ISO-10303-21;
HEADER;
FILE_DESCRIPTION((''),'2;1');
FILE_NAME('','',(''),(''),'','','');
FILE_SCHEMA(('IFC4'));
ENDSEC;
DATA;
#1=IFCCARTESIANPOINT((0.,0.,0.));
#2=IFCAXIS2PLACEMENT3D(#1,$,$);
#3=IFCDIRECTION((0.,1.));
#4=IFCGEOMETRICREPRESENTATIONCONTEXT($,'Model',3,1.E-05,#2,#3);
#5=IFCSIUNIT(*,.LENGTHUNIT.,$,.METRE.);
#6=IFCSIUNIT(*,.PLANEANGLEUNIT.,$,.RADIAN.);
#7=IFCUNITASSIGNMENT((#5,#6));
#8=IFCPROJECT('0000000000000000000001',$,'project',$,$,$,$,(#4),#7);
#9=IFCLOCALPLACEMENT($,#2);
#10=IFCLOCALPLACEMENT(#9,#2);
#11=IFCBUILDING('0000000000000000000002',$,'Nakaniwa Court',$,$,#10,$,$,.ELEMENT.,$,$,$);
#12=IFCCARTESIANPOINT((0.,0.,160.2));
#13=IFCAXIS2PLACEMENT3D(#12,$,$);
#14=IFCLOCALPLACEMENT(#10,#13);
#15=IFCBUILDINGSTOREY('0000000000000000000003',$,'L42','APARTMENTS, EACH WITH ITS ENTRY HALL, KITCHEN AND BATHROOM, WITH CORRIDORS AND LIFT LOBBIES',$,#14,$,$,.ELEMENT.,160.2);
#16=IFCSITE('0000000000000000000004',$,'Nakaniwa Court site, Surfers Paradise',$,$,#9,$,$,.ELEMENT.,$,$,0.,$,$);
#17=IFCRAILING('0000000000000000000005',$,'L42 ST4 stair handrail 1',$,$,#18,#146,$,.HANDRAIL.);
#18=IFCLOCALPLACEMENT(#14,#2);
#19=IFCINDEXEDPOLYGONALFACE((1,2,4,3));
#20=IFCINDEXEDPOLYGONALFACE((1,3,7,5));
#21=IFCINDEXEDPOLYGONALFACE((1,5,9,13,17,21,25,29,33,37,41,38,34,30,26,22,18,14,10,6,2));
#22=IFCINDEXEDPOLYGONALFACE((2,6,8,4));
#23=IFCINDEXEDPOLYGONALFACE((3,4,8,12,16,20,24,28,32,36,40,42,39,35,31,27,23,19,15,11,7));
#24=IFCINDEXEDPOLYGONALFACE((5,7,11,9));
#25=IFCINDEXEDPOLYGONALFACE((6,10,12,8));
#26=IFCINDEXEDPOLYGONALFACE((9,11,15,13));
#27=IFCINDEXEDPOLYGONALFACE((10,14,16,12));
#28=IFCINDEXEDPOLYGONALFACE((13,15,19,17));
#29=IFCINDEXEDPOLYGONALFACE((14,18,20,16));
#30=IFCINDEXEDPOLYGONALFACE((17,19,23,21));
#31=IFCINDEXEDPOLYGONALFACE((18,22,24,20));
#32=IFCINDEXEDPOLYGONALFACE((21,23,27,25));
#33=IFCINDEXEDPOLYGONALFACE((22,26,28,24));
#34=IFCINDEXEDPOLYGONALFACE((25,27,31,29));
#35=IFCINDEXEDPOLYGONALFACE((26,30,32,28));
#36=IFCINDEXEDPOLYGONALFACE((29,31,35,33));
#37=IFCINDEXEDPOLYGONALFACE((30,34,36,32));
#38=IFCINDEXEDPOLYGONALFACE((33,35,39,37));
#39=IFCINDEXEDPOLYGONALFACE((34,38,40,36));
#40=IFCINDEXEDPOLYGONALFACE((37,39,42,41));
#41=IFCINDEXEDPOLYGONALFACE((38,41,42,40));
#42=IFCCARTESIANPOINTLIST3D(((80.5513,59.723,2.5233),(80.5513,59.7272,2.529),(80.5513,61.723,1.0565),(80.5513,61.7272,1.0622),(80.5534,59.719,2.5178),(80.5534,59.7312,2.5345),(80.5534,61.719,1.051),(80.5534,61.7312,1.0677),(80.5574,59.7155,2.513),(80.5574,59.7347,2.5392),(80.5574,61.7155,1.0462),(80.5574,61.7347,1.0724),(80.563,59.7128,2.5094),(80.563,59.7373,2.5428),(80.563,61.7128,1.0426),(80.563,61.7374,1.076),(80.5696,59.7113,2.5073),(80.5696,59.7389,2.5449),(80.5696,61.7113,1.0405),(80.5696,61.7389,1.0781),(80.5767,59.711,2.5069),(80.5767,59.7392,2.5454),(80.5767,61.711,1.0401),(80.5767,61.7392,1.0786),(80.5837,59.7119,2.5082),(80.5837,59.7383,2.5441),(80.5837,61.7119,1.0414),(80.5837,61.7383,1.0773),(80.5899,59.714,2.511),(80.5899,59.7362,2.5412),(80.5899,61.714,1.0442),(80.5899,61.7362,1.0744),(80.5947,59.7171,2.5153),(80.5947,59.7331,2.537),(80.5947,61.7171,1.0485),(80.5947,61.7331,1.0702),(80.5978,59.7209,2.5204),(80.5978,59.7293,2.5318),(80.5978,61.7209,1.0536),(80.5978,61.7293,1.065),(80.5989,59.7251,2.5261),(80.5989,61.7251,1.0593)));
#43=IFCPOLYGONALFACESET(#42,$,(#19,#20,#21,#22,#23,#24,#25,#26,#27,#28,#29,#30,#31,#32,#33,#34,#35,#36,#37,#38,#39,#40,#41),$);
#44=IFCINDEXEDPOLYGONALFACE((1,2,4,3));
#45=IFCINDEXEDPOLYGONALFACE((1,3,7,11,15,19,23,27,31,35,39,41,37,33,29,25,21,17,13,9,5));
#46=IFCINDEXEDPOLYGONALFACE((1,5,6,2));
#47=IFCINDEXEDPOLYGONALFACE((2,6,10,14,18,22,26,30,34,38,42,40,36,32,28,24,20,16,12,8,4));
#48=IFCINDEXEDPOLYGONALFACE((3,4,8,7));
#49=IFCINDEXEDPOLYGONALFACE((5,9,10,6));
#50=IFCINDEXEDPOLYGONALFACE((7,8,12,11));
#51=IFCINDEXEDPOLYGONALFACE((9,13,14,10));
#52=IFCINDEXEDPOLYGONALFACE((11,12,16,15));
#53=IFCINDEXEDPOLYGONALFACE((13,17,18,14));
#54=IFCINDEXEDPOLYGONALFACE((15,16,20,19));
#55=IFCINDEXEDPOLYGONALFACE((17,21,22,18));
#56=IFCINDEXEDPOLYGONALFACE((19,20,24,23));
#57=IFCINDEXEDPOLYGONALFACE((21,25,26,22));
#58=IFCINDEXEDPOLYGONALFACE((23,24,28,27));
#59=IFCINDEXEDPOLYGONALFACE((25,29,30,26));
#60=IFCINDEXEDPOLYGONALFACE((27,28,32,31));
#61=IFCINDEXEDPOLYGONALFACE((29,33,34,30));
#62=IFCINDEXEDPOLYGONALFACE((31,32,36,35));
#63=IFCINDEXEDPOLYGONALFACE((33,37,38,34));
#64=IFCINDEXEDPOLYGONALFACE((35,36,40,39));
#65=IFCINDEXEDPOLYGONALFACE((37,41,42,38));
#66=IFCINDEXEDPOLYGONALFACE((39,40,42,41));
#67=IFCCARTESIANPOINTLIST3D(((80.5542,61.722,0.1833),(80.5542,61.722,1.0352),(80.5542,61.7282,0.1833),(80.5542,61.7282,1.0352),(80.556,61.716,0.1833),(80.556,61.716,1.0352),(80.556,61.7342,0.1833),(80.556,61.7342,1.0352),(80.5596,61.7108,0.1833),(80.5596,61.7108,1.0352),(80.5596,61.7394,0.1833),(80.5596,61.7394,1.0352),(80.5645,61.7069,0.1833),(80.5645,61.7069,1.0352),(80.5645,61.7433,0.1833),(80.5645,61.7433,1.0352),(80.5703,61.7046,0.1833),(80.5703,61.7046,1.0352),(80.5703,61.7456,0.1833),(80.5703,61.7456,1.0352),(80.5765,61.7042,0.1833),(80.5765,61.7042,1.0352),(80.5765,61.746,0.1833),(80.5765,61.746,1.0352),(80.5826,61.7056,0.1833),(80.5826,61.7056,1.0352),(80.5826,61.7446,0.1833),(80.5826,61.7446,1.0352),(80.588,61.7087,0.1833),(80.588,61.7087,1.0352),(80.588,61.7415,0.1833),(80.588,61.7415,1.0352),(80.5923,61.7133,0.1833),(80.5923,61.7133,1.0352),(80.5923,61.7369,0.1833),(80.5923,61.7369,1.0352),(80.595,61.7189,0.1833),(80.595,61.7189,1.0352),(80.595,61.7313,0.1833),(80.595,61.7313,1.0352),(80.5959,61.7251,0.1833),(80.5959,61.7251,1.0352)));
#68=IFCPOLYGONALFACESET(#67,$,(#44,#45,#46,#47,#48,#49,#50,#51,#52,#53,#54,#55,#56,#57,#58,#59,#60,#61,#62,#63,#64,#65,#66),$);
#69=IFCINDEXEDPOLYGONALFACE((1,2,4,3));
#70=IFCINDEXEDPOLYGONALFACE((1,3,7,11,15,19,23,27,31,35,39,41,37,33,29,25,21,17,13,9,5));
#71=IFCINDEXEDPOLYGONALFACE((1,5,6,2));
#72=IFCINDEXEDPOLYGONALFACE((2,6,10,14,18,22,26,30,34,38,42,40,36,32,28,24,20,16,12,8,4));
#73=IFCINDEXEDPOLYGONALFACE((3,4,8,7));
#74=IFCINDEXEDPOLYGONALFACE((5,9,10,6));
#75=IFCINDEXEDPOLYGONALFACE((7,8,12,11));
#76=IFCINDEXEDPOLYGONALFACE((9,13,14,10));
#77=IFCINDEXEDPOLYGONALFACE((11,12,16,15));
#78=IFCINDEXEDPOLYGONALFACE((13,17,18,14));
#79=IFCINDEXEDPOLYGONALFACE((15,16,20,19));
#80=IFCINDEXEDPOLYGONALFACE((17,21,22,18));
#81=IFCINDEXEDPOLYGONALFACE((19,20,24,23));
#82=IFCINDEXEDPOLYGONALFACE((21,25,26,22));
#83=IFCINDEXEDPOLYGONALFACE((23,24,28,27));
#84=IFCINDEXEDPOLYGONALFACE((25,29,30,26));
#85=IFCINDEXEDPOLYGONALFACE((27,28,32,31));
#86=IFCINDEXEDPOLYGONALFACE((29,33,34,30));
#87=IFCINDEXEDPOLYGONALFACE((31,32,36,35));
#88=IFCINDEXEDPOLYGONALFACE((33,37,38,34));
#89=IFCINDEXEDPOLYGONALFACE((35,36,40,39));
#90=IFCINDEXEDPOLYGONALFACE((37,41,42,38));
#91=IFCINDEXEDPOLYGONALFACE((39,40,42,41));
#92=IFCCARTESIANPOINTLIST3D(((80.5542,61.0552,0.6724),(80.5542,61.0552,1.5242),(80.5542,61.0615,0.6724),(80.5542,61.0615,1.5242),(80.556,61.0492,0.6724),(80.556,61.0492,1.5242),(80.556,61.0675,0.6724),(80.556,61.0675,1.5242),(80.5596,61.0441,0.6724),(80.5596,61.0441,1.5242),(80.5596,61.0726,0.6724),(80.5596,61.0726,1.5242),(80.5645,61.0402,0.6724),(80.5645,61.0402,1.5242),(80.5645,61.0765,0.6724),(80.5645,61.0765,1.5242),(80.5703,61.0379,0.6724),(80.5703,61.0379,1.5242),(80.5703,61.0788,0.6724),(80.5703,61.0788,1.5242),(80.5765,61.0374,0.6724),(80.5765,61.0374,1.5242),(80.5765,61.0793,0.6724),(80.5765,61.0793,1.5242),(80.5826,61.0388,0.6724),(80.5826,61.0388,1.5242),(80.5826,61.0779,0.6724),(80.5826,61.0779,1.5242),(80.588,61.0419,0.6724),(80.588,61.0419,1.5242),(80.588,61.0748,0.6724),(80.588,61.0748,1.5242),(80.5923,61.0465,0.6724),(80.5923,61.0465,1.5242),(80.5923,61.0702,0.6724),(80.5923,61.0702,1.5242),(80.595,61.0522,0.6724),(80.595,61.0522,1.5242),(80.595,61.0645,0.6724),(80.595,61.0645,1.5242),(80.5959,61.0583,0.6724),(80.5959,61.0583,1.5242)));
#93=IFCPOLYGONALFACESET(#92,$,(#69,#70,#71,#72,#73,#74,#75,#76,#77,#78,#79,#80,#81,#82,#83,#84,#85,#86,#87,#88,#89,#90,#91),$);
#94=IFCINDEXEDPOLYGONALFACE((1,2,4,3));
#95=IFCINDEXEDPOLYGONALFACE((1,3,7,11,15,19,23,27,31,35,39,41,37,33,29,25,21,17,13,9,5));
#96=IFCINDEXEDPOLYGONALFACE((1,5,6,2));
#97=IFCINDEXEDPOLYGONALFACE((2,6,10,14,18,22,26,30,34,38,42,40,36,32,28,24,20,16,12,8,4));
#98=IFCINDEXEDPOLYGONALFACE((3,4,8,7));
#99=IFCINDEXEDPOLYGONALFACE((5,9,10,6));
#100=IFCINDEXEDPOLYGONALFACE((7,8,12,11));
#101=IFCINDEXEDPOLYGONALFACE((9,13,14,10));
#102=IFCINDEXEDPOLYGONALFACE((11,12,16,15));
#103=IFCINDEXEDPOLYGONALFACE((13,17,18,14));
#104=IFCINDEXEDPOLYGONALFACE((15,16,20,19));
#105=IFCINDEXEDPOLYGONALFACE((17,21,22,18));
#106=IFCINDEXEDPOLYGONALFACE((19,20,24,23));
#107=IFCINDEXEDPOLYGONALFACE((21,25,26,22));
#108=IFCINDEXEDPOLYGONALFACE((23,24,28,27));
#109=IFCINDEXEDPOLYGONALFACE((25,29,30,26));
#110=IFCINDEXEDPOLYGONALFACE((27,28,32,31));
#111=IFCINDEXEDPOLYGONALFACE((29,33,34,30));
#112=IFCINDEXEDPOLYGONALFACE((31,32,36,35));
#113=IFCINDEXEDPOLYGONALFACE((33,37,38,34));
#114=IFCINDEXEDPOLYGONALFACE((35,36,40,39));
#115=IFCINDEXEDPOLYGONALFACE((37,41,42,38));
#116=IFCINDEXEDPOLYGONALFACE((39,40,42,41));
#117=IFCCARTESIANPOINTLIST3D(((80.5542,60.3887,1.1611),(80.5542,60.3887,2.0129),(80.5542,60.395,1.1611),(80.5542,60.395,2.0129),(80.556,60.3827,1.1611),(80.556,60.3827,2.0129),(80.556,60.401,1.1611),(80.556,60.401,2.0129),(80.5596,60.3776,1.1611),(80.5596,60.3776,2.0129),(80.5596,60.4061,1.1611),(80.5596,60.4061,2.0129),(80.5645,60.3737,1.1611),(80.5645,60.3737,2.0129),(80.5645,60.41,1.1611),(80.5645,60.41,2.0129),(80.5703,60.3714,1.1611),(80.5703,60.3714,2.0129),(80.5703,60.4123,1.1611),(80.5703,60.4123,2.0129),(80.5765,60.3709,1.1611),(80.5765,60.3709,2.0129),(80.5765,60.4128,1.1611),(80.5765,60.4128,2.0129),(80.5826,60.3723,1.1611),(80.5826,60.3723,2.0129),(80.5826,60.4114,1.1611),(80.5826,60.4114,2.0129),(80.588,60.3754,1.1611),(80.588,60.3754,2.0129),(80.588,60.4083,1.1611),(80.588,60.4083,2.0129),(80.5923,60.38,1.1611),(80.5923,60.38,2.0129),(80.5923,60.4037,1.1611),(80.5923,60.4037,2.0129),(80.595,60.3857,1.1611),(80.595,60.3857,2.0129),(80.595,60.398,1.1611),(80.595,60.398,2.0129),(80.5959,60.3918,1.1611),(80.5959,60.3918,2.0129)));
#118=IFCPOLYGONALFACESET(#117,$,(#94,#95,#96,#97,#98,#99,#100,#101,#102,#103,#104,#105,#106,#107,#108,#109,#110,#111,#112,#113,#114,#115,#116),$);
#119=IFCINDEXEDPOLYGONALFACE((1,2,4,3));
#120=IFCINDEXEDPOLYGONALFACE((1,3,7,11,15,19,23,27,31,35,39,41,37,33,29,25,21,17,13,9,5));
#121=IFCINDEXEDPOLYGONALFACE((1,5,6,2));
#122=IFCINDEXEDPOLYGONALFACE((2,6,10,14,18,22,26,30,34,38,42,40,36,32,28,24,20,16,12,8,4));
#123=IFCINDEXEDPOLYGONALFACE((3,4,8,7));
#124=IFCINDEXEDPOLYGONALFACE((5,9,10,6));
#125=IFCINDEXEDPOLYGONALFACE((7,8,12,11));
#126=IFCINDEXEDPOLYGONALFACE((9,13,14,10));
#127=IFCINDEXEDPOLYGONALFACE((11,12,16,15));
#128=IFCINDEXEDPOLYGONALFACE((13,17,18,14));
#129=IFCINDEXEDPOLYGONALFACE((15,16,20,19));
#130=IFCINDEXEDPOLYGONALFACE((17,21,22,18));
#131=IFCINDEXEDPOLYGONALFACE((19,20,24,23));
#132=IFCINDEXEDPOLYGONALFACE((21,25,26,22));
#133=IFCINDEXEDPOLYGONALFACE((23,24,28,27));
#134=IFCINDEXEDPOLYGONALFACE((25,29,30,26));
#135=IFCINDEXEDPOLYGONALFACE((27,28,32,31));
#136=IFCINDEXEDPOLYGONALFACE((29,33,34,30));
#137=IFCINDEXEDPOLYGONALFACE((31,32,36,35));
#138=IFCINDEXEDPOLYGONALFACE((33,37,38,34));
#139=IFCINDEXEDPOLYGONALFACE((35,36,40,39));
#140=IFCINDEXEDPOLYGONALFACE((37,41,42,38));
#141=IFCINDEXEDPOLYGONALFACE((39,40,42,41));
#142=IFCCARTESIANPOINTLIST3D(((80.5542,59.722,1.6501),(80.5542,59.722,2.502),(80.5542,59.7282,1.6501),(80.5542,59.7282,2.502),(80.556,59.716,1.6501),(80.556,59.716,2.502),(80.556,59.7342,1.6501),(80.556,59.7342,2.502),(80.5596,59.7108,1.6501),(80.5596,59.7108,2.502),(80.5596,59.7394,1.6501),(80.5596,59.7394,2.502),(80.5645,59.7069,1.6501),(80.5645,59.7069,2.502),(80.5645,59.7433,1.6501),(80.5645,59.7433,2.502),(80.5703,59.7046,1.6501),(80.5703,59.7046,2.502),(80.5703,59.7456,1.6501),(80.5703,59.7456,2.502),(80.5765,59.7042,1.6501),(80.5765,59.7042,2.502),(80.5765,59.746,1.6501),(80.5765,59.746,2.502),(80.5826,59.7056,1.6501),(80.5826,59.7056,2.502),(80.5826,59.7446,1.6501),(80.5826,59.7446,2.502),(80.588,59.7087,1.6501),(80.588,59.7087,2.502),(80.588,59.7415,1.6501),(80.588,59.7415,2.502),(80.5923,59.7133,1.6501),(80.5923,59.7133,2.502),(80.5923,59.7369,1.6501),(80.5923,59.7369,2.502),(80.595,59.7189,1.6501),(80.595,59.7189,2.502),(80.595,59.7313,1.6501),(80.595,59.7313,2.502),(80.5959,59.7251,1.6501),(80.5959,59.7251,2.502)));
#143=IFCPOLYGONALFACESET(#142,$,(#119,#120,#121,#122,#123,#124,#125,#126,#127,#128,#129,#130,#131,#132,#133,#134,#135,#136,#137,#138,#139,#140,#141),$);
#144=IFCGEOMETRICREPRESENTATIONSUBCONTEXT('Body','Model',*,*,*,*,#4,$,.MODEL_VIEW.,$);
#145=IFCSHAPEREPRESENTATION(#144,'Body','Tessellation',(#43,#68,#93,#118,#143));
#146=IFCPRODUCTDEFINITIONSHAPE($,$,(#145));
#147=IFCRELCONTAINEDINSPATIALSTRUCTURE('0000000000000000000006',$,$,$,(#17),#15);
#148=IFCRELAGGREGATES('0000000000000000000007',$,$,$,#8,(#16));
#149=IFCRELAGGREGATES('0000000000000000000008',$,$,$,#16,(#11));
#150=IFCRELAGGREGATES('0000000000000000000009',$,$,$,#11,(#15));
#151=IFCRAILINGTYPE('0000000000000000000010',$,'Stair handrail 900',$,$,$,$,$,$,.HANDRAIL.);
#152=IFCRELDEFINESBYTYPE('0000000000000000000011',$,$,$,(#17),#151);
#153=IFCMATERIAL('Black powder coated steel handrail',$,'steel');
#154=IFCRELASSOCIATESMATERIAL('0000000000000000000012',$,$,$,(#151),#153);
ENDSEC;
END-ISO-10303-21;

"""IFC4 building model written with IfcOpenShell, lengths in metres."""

from ifc_helpers import new_model, si_unit, direction, frame, origin, origin_2d, place, context, subcontext, project, spatial, circle, extrude, material, type_object, element, save


model = new_model("IFC4")

# Units and contexts
model_context = context("Model", 3, precision=1e-05, world=origin(), true_north=direction((0.0, 1.0)))
body_context = subcontext(model_context, "Body", "Model", "MODEL_VIEW")
ifc_project = project(units=[si_unit("LENGTHUNIT", "METRE"), si_unit("PLANEANGLEUNIT", "RADIAN")], contexts=[model_context])

# Site, building, storey
site_placement = place(None, origin())
site = spatial("IfcSite", under=ifc_project, at=site_placement, Name="Nakaniwa Court site, Surfers Paradise", CompositionType="ELEMENT", RefElevation=0.0)
building_placement = place(site_placement, origin())
building = spatial("IfcBuilding", under=site, at=building_placement, Name="Nakaniwa Court", CompositionType="ELEMENT")
storey_placement = place(building_placement, frame((0.0, 0.0, 160.2)))
storey = spatial("IfcBuildingStorey", under=building, at=storey_placement, Name="L42", Description="APARTMENTS, EACH WITH ITS ENTRY HALL, KITCHEN AND BATHROOM, WITH CORRIDORS AND LIFT LOBBIES", CompositionType="ELEMENT", Elevation=160.2)

# Railing
ifc_material_1 = material(Name="Black powder coated steel handrail", Category="steel")
railing_type_1 = type_object("IfcRailingType", Name="Stair handrail 900", PredefinedType="HANDRAIL", material=ifc_material_1)
railing_1_placement = place(storey_placement, frame((80.575, 61.7251, 0.1833)))
element("IfcRailing", 1, at=railing_1_placement, inside=storey, type_object=railing_type_1, Name="L42 ST4 stair handrail 1", PredefinedType="HANDRAIL", context=body_context, shape_type="SweptSolid", body=[
    extrude(circle(Radius=0.0239, at=origin_2d()), frame((0.0, 0.0, 0.876), z_axis=(0.0, -0.80638, 0.591398), x_axis=(1.0, 0.0, 0.0)), (0.0, 0.0, 1.0), 2.4802),
    extrude(circle(Radius=0.021, at=origin_2d()), origin(), (0.0, 0.0, 1.0), 0.8518),
    extrude(circle(Radius=0.021, at=origin_2d()), frame((0.0, -0.6667, 0.489)), (0.0, 0.0, 1.0), 0.8518),
    extrude(circle(Radius=0.021, at=origin_2d()), frame((0.0, -1.3333, 0.9778)), (0.0, 0.0, 1.0), 0.8518),
    extrude(circle(Radius=0.021, at=origin_2d()), frame((0.0, -2.0, 1.4668)), (0.0, 0.0, 1.0), 0.8518),
])

save(model, "model.ifc")
